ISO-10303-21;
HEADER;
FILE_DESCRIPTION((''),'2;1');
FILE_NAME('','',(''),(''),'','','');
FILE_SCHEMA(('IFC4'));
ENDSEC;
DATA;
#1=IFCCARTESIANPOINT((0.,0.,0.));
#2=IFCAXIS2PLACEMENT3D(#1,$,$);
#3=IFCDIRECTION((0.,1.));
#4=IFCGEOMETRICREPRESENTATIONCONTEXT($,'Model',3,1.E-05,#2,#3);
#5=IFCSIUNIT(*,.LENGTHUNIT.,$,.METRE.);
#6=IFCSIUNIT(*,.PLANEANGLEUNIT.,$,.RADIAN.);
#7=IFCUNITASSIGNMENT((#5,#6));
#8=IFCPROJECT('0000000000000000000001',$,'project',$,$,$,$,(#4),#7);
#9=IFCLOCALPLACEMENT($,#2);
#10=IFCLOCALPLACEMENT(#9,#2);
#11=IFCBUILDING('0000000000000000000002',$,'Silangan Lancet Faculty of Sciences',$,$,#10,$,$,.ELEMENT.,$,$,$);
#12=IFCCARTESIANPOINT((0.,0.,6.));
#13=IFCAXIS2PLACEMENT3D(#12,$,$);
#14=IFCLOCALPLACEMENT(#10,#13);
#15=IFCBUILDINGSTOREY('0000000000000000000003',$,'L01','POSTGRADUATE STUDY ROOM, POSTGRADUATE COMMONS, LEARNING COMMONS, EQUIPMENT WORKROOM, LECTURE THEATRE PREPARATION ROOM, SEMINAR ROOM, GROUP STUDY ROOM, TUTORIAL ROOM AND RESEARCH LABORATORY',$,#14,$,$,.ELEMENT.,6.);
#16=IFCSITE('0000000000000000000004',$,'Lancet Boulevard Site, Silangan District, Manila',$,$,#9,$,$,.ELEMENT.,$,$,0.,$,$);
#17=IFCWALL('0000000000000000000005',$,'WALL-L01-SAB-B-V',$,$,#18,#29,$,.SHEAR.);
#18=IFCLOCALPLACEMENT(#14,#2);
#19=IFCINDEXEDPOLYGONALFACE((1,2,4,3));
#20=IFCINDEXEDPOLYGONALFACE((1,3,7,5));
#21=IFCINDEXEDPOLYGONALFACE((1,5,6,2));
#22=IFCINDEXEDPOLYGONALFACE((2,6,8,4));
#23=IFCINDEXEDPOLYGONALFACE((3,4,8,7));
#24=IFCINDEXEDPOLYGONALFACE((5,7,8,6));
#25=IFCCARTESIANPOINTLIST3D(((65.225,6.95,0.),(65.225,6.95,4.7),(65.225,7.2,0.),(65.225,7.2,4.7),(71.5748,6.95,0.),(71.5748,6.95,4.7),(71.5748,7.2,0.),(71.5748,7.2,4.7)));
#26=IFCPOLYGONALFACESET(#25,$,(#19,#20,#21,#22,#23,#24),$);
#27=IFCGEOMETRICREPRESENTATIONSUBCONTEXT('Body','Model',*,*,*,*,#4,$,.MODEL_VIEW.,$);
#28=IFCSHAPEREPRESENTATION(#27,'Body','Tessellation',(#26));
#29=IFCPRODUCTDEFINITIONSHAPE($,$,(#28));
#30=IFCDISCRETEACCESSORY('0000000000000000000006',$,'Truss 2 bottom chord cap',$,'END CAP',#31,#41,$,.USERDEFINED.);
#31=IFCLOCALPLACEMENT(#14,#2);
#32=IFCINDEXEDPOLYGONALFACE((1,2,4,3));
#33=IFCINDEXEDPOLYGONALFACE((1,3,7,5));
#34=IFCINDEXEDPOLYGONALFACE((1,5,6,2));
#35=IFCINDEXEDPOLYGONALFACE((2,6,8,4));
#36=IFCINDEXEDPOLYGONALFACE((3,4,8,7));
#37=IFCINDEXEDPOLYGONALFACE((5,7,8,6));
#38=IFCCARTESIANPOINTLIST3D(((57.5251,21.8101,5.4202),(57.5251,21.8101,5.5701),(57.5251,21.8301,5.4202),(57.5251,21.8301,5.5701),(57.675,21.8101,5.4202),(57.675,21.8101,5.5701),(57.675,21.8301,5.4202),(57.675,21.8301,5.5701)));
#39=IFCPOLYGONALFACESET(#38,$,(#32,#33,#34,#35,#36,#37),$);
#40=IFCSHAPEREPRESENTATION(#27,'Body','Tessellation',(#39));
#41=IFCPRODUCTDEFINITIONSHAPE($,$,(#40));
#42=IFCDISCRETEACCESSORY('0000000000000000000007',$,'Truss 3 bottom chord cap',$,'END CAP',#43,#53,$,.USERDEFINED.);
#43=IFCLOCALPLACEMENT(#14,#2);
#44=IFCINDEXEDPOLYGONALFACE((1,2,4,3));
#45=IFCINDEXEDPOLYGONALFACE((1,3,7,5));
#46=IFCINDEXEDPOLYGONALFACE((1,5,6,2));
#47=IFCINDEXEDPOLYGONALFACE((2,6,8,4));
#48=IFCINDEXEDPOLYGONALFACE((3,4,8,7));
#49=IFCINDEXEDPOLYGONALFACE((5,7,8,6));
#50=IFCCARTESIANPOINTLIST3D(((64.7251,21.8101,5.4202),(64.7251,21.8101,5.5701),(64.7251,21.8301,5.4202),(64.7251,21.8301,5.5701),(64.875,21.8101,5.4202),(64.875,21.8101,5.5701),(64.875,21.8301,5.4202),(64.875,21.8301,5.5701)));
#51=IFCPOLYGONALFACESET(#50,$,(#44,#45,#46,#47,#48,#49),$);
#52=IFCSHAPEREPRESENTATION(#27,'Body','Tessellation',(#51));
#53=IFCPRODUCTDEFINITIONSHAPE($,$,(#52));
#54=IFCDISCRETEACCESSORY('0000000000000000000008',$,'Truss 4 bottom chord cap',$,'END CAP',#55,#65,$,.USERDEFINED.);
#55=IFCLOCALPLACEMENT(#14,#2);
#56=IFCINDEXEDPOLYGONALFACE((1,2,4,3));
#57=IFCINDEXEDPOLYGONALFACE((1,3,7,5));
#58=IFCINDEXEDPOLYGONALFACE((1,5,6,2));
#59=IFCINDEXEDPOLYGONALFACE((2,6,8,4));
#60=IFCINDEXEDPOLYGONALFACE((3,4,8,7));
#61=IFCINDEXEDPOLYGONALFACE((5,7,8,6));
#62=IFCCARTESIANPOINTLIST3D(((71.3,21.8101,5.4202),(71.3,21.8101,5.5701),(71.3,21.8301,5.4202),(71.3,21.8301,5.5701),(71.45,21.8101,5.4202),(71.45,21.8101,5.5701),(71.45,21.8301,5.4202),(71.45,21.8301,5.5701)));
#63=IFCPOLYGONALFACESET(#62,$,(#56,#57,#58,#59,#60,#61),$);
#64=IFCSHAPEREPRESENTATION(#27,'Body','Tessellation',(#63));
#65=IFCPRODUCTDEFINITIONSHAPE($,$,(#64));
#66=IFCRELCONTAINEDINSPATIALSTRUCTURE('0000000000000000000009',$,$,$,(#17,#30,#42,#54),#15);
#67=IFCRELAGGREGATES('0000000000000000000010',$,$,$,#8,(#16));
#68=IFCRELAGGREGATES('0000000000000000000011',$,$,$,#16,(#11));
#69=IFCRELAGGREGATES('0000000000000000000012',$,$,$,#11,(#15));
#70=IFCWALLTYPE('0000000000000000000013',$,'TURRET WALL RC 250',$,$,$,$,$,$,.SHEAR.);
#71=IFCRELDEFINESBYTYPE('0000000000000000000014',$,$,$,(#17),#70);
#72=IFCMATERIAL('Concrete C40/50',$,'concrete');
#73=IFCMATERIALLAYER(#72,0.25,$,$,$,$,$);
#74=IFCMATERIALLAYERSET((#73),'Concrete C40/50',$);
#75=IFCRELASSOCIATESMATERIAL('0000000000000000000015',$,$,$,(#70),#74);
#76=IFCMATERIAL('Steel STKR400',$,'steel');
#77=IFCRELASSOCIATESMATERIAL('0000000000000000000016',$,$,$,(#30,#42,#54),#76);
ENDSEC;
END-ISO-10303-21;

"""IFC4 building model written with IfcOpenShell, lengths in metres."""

from ifc_helpers import new_model, si_unit, direction, frame, frame_2d, origin, origin_2d, place, context, subcontext, project, spatial, rectangle, extrude, material, layer, layer_set, type_object, element, save


model = new_model("IFC4")

# Units and contexts
model_context = context("Model", 3, precision=1e-05, world=origin(), true_north=direction((0.0, 1.0)))
body_context = subcontext(model_context, "Body", "Model", "MODEL_VIEW")
ifc_project = project(units=[si_unit("LENGTHUNIT", "METRE"), si_unit("PLANEANGLEUNIT", "RADIAN")], contexts=[model_context])

# Site, building, storey
site_placement = place(None, origin())
site = spatial("IfcSite", under=ifc_project, at=site_placement, Name="Lancet Boulevard Site, Silangan District, Manila", CompositionType="ELEMENT", RefElevation=0.0)
building_placement = place(site_placement, origin())
building = spatial("IfcBuilding", under=site, at=building_placement, Name="Silangan Lancet Faculty of Sciences", CompositionType="ELEMENT")
storey_placement = place(building_placement, frame((0.0, 0.0, 6.0)))
storey = spatial("IfcBuildingStorey", under=building, at=storey_placement, Name="L01", Description="POSTGRADUATE STUDY ROOM, POSTGRADUATE COMMONS, LEARNING COMMONS, EQUIPMENT WORKROOM, LECTURE THEATRE PREPARATION ROOM, SEMINAR ROOM, GROUP STUDY ROOM, TUTORIAL ROOM AND RESEARCH LABORATORY", CompositionType="ELEMENT", Elevation=6.0)

# Wall
ifc_material_1 = material(Name="Concrete C40/50", Category="concrete")
ifc_layer_1 = layer(ifc_material_1, 0.25)
ifc_layer_set_1 = layer_set([ifc_layer_1], Name="Concrete C40/50")
wall_type_1 = type_object("IfcWallType", Name="TURRET WALL RC 250", PredefinedType="SHEAR", material=ifc_layer_set_1)
wall_1_placement = place(storey_placement, frame((65.2251, 7.075, 0.0), z_axis=(0.0, 0.0, 1.0), x_axis=(1.0, 0.0, 0.0)))
element("IfcWall", 1, at=wall_1_placement, inside=storey, type_object=wall_type_1, Name="WALL-L01-SAB-B-V", PredefinedType="SHEAR", context=body_context, shape_type="SweptSolid", body=[
    extrude(rectangle(XDim=6.3499, YDim=0.25, at=frame_2d((3.1748, 0.0))), origin(), (0.0, 0.0, 1.0), 4.7),
])

# Discrete accessories
ifc_material_2 = material(Name="Steel STKR400", Category="steel")
for number, where, z_axis, x_axis, name in (
    (2, (57.6001, 21.8201, 5.4202), (0.0, 0.0, 1.0), (1.0, 0.0, 0.0), "Truss 2 bottom chord cap"),
    (3, (64.8, 21.8201, 5.4202), (0.0, 0.0, 1.0), (1.0, 0.0, 0.0), "Truss 3 bottom chord cap"),
    (4, (71.375, 21.8201, 5.4202), (0.0, 0.0, 1.0), (1.0, 0.0, 0.0), "Truss 4 bottom chord cap"),
):
    element("IfcDiscreteAccessory", number, at=place(storey_placement, frame(where, z_axis=z_axis, x_axis=x_axis)), inside=storey, material=ifc_material_2, Name=name, ObjectType="END CAP", PredefinedType="USERDEFINED", context=body_context, shape_type="SweptSolid", body=[
        extrude(rectangle(XDim=0.1499, YDim=0.02, at=origin_2d()), origin(), (0.0, 0.0, 1.0), 0.1499),
    ])

save(model, "model.ifc")
